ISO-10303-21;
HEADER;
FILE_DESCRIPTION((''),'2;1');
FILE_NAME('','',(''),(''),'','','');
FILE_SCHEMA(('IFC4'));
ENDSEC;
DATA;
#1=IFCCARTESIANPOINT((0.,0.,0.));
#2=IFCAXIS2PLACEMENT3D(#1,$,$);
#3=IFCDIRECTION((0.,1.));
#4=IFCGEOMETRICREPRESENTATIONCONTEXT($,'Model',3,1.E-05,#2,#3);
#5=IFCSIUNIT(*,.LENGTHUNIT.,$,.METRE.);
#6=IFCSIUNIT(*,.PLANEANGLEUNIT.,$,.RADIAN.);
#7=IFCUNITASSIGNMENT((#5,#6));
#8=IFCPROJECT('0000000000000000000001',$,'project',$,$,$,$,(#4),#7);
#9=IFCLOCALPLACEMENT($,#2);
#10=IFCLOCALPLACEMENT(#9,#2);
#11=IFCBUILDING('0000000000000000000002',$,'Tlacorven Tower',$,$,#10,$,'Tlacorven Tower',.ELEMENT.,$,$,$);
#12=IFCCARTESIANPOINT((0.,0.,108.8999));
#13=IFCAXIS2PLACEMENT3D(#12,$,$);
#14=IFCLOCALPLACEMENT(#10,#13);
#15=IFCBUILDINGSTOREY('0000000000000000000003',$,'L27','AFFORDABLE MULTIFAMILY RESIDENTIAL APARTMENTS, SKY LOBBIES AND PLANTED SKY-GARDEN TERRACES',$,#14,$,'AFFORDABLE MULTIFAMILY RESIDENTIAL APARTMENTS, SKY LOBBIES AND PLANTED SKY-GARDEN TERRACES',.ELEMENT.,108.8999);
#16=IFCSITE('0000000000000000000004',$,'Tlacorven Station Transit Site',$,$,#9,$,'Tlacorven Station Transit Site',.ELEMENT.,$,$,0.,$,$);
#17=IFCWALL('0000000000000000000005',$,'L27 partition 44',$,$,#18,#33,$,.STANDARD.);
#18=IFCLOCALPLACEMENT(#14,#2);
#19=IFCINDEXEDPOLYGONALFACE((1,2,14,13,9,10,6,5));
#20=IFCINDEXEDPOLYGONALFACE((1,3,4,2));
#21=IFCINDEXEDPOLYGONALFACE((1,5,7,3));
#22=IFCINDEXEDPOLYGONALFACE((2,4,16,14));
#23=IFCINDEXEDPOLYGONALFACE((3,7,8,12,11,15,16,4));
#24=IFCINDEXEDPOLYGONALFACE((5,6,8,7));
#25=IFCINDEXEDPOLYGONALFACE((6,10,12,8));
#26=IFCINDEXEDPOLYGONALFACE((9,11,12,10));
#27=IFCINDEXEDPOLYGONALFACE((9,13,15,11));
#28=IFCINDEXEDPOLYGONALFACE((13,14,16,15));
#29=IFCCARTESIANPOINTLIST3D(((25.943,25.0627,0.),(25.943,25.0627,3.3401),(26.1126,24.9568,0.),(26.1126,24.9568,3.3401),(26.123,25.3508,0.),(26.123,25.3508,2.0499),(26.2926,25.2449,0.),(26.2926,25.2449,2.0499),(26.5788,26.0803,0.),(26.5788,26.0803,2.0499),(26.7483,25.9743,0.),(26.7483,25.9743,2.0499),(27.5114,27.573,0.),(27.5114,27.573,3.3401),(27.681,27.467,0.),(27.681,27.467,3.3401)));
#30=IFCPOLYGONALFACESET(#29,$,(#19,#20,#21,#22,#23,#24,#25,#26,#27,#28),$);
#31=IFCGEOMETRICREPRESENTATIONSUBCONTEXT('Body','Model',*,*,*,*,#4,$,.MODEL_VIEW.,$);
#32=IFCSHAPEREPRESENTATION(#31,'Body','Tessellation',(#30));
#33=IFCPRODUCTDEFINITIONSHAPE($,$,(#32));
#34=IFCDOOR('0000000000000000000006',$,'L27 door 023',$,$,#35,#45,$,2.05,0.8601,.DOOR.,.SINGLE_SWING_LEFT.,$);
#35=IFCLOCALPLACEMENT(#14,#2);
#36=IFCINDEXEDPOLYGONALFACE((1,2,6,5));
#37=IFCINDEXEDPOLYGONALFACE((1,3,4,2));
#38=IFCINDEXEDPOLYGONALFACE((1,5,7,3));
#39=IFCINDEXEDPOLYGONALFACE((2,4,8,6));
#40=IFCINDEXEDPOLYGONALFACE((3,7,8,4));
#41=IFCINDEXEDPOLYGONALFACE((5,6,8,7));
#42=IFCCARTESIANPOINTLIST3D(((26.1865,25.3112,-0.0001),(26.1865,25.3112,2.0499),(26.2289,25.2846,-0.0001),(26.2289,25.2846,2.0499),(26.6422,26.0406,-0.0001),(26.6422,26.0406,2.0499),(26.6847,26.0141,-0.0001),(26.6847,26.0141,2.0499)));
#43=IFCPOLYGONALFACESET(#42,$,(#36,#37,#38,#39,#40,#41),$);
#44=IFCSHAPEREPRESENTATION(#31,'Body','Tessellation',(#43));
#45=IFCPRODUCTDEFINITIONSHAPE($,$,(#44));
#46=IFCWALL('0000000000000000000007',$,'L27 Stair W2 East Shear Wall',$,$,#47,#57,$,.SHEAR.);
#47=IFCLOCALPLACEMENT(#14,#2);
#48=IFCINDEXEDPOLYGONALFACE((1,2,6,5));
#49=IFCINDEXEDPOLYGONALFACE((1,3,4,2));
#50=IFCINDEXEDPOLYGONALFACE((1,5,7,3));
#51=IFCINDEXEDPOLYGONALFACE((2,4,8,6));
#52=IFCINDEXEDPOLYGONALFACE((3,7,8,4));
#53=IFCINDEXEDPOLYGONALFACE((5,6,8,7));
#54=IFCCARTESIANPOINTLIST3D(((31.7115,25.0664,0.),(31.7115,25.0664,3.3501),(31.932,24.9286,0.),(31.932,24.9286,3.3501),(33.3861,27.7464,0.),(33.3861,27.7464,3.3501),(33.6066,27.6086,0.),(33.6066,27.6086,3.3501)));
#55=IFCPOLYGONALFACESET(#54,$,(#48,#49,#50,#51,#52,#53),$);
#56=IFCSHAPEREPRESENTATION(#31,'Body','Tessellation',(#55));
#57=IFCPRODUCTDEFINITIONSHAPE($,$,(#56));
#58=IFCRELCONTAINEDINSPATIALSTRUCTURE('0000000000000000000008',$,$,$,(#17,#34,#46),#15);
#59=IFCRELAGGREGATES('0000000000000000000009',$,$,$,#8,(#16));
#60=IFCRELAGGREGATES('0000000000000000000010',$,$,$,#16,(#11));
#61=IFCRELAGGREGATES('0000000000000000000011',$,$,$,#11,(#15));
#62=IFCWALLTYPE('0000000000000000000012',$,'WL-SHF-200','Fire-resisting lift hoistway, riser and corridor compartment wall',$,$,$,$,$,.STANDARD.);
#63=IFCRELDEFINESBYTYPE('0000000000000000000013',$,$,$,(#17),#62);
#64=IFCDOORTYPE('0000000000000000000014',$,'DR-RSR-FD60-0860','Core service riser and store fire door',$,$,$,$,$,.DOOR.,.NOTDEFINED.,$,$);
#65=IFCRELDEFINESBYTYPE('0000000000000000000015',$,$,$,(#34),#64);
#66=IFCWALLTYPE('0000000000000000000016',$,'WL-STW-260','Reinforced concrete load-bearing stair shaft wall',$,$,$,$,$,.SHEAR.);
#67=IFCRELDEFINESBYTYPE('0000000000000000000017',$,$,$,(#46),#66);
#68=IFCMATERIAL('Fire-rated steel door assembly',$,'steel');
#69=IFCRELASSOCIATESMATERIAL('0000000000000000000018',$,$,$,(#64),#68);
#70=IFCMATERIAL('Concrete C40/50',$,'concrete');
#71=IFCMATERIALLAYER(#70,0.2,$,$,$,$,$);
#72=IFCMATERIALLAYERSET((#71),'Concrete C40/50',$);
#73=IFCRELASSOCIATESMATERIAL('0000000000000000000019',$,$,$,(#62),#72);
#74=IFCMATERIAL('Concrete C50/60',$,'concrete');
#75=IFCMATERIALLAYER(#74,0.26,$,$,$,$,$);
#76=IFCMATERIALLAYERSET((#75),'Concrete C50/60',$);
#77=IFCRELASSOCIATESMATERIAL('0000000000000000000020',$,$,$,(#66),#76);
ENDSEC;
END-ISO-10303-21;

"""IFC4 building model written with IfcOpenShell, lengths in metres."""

from ifc_helpers import new_model, si_unit, direction, frame, frame_2d, origin, place, context, subcontext, project, spatial, rectangle, extrude, source, transform, mapped, material, layer, layer_set, type_object, element, fill, save


model = new_model("IFC4")

# Units and contexts
model_context = context("Model", 3, precision=1e-05, world=origin(), true_north=direction((0.0, 1.0)))
body_context = subcontext(model_context, "Body", "Model", "MODEL_VIEW")
ifc_project = project(units=[si_unit("LENGTHUNIT", "METRE"), si_unit("PLANEANGLEUNIT", "RADIAN")], contexts=[model_context])

# Site, building, storey
site_placement = place(None, origin())
site = spatial("IfcSite", under=ifc_project, at=site_placement, Name="Tlacorven Station Transit Site", LongName="Tlacorven Station Transit Site", CompositionType="ELEMENT", RefElevation=0.0)
building_placement = place(site_placement, origin())
building = spatial("IfcBuilding", under=site, at=building_placement, Name="Tlacorven Tower", LongName="Tlacorven Tower", CompositionType="ELEMENT")
storey_placement = place(building_placement, frame((0.0, 0.0, 108.8999)))
storey = spatial("IfcBuildingStorey", under=building, at=storey_placement, Name="L27", Description="AFFORDABLE MULTIFAMILY RESIDENTIAL APARTMENTS, SKY LOBBIES AND PLANTED SKY-GARDEN TERRACES", LongName="AFFORDABLE MULTIFAMILY RESIDENTIAL APARTMENTS, SKY LOBBIES AND PLANTED SKY-GARDEN TERRACES", CompositionType="ELEMENT", Elevation=108.8999)

# Shared definitions
ifc_material_1 = material(Name="Fire-rated steel door assembly", Category="steel")
door_type_1 = type_object("IfcDoorType", Name="DR-RSR-FD60-0860", Description="Core service riser and store fire door", OperationType="NOTDEFINED", PredefinedType="DOOR", material=ifc_material_1)
shared_shape_1 = source(origin(), body_context, "Body", "SweptSolid", [
    extrude(rectangle(XDim=0.8601, YDim=2.05, at=frame_2d((0.4302, 1.0249))), frame((0.0, 0.0249, 0.0), z_axis=(0.0, -1.0, 0.0), x_axis=(1.0, 0.0, 0.0)), (0.0, 0.0, 1.0), 0.05),
])

# Shared definitions
ifc_material_2 = material(Name="Concrete C40/50", Category="concrete")
ifc_layer_1 = layer(ifc_material_2, 0.2)
ifc_layer_set_1 = layer_set([ifc_layer_1], Name="Concrete C40/50")
wall_type_1 = type_object("IfcWallType", Name="WL-SHF-200", Description="Fire-resisting lift hoistway, riser and corridor compartment wall", PredefinedType="STANDARD", material=ifc_layer_set_1)

# Wall, opening, door
wall_1_placement = place(storey_placement, frame((27.5962, 27.52, 0.0), z_axis=(0.0, 0.0, 1.0), x_axis=(-0.529865, -0.848082, 0.0)))
wall_1 = element("IfcWall", 1, at=wall_1_placement, inside=storey, type_object=wall_type_1, Name="L27 partition 44", PredefinedType="STANDARD", context=body_context, shape_type="SweptSolid", body=[
    extrude(rectangle(XDim=2.96, YDim=0.2, at=frame_2d((1.48, 0.0))), origin(), (0.0, 0.0, 1.0), 3.3401),
])
opening_1_placement = place(wall_1_placement, frame((1.76, 0.0, 0.0)))
opening_1 = element("IfcOpeningElement", 2, at=opening_1_placement, cuts=wall_1, PredefinedType="OPENING", context=body_context, shape_type="SweptSolid", body=[
    extrude(rectangle(XDim=0.8601, YDim=2.05, at=frame_2d((0.4302, 1.0249))), frame((0.0, 0.1099, 0.0), z_axis=(0.0, -1.0, 0.0), x_axis=(1.0, 0.0, 0.0)), (0.0, 0.0, 1.0), 0.22),
])
door_1_placement = place(opening_1_placement, origin())
door_1 = element("IfcDoor", 3, at=door_1_placement, inside=storey, type_object=door_type_1, Name="L27 door 023", OperationType="SINGLE_SWING_LEFT", OverallHeight=2.05, OverallWidth=0.8601, PredefinedType="DOOR", context=body_context, shape_type="MappedRepresentation", body=[
    mapped(shared_shape_1, transform((0.0, 0.0, 0.0), scale=1.0)),
])
fill(opening_1, door_1)

# Wall
ifc_material_3 = material(Name="Concrete C50/60", Category="concrete")
ifc_layer_2 = layer(ifc_material_3, 0.26)
ifc_layer_set_2 = layer_set([ifc_layer_2], Name="Concrete C50/60")
wall_type_2 = type_object("IfcWallType", Name="WL-STW-260", Description="Reinforced concrete load-bearing stair shaft wall", PredefinedType="SHEAR", material=ifc_layer_set_2)
wall_2_placement = place(storey_placement, frame((33.4963, 27.6775, 0.0), z_axis=(0.0, 0.0, 1.0), x_axis=(-0.529909, -0.848055, 0.0)))
element("IfcWall", 4, at=wall_2_placement, inside=storey, type_object=wall_type_2, Name="L27 Stair W2 East Shear Wall", PredefinedType="SHEAR", context=body_context, shape_type="SweptSolid", body=[
    extrude(rectangle(XDim=3.1602, YDim=0.26, at=frame_2d((1.5801, 0.0))), origin(), (0.0, 0.0, 1.0), 3.3501),
])

save(model, "model.ifc")
